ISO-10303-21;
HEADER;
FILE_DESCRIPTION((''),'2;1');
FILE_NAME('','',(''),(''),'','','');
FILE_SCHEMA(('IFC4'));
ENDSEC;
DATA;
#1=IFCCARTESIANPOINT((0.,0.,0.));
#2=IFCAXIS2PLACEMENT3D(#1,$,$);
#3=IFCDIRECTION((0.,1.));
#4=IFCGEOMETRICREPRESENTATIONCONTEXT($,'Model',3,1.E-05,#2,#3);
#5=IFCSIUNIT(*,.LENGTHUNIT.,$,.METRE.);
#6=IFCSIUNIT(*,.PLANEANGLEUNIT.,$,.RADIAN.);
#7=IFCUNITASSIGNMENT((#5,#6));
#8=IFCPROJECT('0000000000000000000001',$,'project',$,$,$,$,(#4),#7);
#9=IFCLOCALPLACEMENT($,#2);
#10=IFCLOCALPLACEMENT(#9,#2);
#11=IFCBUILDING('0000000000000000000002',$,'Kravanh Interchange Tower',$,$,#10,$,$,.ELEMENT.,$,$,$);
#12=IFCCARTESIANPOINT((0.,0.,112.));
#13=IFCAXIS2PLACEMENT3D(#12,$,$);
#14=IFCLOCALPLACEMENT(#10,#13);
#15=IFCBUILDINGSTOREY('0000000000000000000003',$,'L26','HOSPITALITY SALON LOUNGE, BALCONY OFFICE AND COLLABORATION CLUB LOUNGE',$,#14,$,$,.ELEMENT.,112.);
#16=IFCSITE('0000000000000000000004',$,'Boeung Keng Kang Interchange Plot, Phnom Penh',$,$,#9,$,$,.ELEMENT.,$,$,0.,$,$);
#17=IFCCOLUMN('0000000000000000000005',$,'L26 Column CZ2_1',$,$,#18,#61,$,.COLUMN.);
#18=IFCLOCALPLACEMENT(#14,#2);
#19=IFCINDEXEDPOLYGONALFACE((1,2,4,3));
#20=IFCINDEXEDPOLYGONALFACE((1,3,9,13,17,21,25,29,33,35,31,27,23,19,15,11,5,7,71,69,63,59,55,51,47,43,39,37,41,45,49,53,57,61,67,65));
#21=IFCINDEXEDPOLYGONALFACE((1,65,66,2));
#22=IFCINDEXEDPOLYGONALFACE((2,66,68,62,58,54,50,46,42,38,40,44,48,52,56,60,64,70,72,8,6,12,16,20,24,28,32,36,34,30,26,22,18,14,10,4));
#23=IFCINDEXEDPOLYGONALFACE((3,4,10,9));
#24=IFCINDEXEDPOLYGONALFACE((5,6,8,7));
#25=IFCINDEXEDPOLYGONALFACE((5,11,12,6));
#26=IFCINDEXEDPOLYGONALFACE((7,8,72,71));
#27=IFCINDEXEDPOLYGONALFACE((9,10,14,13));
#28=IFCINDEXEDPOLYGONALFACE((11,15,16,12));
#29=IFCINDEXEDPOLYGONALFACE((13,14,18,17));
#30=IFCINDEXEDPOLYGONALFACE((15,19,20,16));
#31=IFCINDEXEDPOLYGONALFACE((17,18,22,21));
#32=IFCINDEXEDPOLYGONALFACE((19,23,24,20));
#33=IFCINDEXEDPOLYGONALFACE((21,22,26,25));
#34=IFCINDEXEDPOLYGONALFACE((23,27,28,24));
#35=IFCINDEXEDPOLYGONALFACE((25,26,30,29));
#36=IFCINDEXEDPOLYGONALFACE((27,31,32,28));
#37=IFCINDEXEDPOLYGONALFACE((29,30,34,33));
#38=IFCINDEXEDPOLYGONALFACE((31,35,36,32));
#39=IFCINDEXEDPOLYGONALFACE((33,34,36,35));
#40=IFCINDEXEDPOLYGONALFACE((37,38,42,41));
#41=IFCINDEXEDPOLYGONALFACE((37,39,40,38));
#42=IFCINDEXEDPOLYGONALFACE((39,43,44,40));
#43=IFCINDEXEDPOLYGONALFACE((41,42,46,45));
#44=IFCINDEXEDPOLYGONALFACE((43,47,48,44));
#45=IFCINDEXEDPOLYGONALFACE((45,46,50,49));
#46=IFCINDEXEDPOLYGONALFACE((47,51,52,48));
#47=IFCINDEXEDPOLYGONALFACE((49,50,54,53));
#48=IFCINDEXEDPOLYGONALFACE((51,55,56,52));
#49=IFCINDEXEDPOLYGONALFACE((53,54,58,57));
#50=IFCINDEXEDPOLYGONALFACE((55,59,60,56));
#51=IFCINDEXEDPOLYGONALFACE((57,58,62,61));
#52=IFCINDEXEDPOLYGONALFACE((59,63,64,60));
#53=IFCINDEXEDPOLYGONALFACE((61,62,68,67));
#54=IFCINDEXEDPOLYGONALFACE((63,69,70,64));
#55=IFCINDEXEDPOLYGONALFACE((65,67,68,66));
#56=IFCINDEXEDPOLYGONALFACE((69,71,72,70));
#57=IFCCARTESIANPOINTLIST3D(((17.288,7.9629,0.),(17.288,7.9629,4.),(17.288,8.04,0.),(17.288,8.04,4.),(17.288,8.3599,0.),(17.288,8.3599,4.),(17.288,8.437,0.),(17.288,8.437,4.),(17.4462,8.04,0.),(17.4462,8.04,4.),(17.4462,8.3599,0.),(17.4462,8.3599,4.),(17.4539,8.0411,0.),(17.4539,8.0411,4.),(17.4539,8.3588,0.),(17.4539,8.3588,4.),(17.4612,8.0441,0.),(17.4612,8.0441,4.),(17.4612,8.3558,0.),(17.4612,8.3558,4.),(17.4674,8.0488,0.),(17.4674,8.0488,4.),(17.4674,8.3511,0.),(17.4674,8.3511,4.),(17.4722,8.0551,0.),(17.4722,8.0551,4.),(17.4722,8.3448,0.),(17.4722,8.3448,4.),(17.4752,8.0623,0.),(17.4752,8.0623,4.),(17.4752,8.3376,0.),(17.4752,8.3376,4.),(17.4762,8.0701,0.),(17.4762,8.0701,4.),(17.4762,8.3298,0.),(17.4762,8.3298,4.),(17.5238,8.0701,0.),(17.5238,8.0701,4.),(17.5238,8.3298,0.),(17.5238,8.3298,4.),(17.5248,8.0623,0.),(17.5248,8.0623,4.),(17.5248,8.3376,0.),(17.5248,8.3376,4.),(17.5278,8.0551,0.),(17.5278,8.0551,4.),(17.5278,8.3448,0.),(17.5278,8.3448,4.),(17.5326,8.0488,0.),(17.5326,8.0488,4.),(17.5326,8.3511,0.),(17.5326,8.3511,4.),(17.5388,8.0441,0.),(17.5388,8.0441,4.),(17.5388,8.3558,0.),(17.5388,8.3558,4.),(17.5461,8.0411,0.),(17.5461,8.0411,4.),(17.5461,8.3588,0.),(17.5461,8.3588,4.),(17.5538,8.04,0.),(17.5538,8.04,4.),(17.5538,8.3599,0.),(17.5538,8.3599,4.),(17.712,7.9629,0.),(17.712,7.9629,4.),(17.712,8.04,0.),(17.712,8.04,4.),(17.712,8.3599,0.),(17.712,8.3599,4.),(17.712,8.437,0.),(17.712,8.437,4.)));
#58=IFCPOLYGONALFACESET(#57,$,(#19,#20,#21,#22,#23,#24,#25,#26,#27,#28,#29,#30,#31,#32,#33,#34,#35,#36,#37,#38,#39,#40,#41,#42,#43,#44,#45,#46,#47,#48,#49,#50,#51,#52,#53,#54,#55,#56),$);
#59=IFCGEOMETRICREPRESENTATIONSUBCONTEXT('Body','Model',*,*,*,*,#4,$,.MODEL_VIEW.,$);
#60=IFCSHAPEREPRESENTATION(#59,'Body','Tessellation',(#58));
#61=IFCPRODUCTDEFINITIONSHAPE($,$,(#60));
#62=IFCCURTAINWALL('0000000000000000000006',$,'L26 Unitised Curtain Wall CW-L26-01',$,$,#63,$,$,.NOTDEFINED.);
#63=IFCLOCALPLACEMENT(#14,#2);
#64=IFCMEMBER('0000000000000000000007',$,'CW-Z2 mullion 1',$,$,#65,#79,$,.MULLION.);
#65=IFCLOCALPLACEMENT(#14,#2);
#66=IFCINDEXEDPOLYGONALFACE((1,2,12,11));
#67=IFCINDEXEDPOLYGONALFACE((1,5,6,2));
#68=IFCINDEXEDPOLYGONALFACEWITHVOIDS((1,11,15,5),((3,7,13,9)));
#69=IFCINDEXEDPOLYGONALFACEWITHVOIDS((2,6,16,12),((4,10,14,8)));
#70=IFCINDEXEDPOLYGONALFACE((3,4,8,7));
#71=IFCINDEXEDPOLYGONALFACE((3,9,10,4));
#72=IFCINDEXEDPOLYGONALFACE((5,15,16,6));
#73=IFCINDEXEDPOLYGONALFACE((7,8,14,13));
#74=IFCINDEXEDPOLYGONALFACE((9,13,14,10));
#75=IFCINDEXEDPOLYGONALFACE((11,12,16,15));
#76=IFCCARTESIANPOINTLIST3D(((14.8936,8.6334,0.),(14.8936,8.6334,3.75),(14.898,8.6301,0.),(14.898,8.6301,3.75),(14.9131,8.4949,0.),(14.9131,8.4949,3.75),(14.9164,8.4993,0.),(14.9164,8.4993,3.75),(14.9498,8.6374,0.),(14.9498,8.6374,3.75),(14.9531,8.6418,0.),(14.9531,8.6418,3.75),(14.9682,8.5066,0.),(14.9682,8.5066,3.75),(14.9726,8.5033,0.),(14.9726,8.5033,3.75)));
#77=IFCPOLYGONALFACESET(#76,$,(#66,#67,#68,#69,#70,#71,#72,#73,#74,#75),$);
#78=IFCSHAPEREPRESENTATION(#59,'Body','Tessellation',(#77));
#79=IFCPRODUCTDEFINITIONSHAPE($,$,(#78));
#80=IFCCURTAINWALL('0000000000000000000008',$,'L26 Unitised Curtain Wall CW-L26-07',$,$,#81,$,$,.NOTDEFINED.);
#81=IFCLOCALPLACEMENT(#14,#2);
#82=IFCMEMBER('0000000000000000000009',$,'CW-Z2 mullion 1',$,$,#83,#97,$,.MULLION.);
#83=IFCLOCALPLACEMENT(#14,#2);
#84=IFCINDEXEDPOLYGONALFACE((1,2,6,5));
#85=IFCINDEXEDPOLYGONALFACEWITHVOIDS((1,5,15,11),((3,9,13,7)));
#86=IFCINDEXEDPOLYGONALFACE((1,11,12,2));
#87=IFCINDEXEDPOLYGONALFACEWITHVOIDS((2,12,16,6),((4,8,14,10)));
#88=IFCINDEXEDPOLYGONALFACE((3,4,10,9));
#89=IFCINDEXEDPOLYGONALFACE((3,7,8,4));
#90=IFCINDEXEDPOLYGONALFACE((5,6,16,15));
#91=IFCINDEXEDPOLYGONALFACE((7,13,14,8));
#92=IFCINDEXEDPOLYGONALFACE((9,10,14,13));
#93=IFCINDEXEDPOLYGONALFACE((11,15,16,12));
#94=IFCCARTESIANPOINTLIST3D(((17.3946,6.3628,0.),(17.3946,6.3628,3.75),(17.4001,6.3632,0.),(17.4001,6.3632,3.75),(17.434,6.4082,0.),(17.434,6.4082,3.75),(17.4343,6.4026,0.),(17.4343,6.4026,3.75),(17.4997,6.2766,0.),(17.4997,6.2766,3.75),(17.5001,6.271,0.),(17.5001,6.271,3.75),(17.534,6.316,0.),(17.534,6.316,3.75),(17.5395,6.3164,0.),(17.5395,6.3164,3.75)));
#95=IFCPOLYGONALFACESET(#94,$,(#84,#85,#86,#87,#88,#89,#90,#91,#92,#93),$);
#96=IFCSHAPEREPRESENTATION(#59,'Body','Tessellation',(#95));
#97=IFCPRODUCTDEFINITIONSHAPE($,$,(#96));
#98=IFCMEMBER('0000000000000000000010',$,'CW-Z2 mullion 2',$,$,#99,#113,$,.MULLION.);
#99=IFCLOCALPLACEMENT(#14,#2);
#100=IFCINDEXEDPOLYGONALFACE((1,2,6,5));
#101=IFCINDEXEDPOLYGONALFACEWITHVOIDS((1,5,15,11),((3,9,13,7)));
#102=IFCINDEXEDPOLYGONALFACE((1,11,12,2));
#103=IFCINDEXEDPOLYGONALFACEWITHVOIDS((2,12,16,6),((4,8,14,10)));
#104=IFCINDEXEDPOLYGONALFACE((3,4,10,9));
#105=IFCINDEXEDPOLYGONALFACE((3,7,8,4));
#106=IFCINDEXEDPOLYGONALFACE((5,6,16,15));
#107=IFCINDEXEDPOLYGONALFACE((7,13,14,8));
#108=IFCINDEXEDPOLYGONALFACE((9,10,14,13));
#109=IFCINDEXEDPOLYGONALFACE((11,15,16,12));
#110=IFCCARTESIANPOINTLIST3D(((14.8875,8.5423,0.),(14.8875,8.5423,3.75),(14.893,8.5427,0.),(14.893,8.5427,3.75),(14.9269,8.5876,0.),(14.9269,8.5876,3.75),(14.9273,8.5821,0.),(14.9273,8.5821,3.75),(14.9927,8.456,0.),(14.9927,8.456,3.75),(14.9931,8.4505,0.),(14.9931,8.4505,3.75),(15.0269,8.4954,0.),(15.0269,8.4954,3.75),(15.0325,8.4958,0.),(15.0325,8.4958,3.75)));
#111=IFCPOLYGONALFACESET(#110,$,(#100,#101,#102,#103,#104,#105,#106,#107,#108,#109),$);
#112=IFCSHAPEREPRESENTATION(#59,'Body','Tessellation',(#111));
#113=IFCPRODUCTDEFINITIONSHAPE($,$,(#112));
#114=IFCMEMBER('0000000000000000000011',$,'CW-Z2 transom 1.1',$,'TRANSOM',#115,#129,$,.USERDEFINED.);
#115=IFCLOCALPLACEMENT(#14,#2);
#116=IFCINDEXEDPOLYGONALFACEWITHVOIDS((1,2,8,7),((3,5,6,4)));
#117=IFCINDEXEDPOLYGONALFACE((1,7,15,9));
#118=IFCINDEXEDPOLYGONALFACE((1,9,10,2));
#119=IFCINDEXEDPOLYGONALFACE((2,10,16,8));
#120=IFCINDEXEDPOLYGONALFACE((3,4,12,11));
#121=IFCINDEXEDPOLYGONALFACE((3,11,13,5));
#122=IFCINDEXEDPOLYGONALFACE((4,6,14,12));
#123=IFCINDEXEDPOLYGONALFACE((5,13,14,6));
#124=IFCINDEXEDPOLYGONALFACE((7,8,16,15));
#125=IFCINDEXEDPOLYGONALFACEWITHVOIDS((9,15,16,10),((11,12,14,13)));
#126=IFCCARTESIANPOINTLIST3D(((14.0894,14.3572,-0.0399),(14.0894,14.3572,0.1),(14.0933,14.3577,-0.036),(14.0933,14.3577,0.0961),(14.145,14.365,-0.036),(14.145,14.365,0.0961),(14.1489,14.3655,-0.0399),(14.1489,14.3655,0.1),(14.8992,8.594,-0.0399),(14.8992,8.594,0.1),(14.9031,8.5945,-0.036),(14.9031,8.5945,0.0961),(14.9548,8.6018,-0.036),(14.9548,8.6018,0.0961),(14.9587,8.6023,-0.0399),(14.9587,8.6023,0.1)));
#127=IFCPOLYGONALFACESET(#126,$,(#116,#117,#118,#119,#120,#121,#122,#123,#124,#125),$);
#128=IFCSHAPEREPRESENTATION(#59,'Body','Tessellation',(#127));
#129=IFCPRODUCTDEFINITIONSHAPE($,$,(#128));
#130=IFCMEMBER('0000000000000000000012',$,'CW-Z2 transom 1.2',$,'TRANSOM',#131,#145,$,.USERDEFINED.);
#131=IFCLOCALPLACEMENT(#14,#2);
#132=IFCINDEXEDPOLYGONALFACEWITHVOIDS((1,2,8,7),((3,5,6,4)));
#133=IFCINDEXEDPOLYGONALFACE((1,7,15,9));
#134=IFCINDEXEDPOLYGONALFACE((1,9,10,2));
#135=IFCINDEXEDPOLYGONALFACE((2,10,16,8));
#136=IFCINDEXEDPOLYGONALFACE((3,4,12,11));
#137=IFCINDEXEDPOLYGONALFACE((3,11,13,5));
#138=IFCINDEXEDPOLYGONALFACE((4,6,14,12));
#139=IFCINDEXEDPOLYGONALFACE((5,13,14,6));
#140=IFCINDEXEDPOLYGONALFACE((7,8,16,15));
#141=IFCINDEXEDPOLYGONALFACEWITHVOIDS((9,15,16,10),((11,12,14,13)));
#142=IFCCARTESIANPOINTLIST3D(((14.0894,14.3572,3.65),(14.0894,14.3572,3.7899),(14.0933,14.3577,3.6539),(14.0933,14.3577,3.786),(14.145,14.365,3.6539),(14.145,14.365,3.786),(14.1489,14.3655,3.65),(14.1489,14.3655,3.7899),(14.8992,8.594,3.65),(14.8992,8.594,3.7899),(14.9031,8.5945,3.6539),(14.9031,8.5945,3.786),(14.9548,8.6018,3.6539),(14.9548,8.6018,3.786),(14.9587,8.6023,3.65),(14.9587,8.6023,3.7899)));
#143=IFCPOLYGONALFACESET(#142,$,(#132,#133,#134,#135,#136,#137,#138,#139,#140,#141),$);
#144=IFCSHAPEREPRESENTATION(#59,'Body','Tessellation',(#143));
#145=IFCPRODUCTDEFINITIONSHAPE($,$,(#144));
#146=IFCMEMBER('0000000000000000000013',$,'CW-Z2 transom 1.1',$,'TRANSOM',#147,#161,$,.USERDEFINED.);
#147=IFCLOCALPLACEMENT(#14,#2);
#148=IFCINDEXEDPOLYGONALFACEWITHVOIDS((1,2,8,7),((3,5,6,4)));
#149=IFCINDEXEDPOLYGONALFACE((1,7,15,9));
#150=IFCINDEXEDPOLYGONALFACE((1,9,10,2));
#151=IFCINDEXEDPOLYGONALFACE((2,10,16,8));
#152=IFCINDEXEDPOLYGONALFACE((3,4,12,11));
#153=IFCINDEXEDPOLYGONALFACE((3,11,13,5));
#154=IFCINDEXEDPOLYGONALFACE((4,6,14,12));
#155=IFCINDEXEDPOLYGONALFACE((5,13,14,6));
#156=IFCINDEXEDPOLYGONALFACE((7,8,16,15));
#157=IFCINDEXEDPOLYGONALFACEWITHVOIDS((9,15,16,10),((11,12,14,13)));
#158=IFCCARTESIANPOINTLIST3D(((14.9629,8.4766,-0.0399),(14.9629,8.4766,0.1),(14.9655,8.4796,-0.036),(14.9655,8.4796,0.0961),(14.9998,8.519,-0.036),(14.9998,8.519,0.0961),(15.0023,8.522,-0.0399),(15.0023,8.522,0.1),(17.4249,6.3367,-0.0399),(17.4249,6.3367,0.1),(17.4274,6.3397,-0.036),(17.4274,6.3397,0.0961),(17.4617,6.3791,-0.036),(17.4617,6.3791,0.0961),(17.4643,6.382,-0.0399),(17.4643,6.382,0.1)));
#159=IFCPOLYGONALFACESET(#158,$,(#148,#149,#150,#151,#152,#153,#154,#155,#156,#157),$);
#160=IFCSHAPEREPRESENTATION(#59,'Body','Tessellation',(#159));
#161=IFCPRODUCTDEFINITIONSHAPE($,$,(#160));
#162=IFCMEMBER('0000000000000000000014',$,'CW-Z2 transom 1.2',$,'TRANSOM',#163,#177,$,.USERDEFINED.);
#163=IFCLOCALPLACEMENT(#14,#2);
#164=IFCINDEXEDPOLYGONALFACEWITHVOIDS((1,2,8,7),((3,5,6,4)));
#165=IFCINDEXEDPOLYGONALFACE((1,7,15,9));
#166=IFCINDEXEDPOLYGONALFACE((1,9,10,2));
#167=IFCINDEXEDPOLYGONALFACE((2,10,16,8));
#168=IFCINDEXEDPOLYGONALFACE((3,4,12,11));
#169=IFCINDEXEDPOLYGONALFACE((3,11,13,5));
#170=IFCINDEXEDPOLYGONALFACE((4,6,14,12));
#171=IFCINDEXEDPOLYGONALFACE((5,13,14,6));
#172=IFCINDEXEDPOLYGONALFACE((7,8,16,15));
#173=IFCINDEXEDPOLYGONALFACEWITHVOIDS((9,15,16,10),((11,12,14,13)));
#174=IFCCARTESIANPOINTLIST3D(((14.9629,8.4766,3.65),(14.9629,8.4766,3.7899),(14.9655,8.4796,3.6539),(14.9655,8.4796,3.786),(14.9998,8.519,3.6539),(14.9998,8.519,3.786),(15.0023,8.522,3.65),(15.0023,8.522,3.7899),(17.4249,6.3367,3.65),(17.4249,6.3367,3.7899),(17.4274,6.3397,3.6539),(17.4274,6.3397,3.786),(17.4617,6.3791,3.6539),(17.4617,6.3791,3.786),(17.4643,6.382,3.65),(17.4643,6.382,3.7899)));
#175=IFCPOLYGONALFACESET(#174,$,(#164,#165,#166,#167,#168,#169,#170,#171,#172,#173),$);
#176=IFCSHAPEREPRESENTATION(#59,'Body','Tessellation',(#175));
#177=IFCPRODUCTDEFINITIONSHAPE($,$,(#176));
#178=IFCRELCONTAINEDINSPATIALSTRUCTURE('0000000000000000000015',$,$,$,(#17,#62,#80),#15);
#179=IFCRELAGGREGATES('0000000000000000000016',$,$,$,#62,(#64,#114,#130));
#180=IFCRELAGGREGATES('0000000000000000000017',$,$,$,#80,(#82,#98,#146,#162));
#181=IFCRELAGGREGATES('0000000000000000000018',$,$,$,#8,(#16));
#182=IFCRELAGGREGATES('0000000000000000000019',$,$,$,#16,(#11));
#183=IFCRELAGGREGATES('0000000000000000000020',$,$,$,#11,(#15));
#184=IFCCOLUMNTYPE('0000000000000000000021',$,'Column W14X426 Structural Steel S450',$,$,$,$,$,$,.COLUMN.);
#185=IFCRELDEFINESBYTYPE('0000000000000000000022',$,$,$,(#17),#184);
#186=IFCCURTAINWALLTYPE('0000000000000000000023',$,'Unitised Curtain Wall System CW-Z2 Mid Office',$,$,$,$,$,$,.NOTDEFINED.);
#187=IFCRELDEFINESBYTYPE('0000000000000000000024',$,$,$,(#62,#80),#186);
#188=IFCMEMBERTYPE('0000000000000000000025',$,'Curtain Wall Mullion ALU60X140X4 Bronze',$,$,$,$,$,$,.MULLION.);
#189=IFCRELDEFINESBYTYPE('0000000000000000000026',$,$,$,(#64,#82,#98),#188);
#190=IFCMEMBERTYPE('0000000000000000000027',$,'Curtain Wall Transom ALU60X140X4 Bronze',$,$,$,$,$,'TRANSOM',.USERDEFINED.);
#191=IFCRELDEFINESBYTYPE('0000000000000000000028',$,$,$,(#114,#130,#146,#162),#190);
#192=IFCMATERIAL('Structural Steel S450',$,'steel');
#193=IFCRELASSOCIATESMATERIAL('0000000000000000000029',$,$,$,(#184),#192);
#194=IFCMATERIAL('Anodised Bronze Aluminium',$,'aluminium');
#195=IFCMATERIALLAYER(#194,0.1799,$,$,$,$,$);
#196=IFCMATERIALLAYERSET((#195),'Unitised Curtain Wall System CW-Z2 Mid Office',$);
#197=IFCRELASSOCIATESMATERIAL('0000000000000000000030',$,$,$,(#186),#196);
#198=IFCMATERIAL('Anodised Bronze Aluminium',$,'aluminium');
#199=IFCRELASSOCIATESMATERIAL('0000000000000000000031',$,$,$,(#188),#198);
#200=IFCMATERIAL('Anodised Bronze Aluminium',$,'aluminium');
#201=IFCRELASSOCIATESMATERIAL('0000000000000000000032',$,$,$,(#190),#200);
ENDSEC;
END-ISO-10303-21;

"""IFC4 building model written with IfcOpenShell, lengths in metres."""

from ifc_helpers import new_model, si_unit, direction, frame, origin, origin_2d, place, context, subcontext, project, spatial, hollow_rectangle, i_section, extrude, material, layer, layer_set, material_profile, profile_set, type_object, element, aggregate, save


model = new_model("IFC4")

# Units and contexts
model_context = context("Model", 3, precision=1e-05, world=origin(), true_north=direction((0.0, 1.0)))
body_context = subcontext(model_context, "Body", "Model", "MODEL_VIEW")
ifc_project = project(units=[si_unit("LENGTHUNIT", "METRE"), si_unit("PLANEANGLEUNIT", "RADIAN")], contexts=[model_context])

# Site, building, storey
site_placement = place(None, origin())
site = spatial("IfcSite", under=ifc_project, at=site_placement, Name="Boeung Keng Kang Interchange Plot, Phnom Penh", CompositionType="ELEMENT", RefElevation=0.0)
building_placement = place(site_placement, origin())
building = spatial("IfcBuilding", under=site, at=building_placement, Name="Kravanh Interchange Tower", CompositionType="ELEMENT")
storey_placement = place(building_placement, frame((0.0, 0.0, 112.0)))
storey = spatial("IfcBuildingStorey", under=building, at=storey_placement, Name="L26", Description="HOSPITALITY SALON LOUNGE, BALCONY OFFICE AND COLLABORATION CLUB LOUNGE", CompositionType="ELEMENT", Elevation=112.0)

# Column
ifc_material_1 = material(Name="Structural Steel S450", Category="steel")
ifc_material_profile_1 = material_profile(ifc_material_1, i_section(OverallWidth=0.4241, OverallDepth=0.4741, WebThickness=0.0476, FlangeThickness=0.0771, FilletRadius=0.03, at=origin_2d()), Name="W14X426")
ifc_profile_set_1 = profile_set([ifc_material_profile_1], Name="Structural Steel S450")
column_type = type_object("IfcColumnType", Name="Column W14X426 Structural Steel S450", PredefinedType="COLUMN", material=ifc_profile_set_1)
column_placement = place(storey_placement, frame((17.5, 8.2, 0.0), z_axis=(0.0, 0.0, 1.0), x_axis=(1.0, 0.0, 0.0)))
element("IfcColumn", 1, at=column_placement, inside=storey, type_object=column_type, Name="L26 Column CZ2_1", PredefinedType="COLUMN", context=body_context, shape_type="SweptSolid", body=[
    extrude(i_section(OverallWidth=0.4241, OverallDepth=0.4741, WebThickness=0.0476, FlangeThickness=0.0771, FilletRadius=0.03, at=origin_2d()), origin(), (0.0, 0.0, 1.0), 4.0),
])

# Curtain wall, member
ifc_material_2 = material(Name="Anodised Bronze Aluminium", Category="aluminium")
ifc_layer_1 = layer(ifc_material_2, 0.1799)
ifc_layer_set_1 = layer_set([ifc_layer_1], Name="Unitised Curtain Wall System CW-Z2 Mid Office")
curtain_wall_type = type_object("IfcCurtainWallType", Name="Unitised Curtain Wall System CW-Z2 Mid Office", PredefinedType="NOTDEFINED", material=ifc_layer_set_1)
curtain_wall_1_placement = place(storey_placement, origin())
curtain_wall_1 = element("IfcCurtainWall", 2, at=curtain_wall_1_placement, inside=storey, type_object=curtain_wall_type, Name="L26 Unitised Curtain Wall CW-L26-01", PredefinedType="NOTDEFINED")
ifc_material_3 = material(Name="Anodised Bronze Aluminium", Category="aluminium")
ifc_material_profile_2 = material_profile(ifc_material_3, hollow_rectangle(XDim=0.0601, YDim=0.1399, WallThickness=0.0039, at=origin_2d()), Name="ALU60X140X4")
ifc_profile_set_2 = profile_set([ifc_material_profile_2], Name="Anodised Bronze Aluminium")
member_type_1 = type_object("IfcMemberType", Name="Curtain Wall Mullion ALU60X140X4 Bronze", PredefinedType="MULLION", material=ifc_profile_set_2)
member_1_placement = place(storey_placement, frame((14.9331, 8.5684, 0.0), z_axis=(0.0, 0.0, 1.0), x_axis=(-0.990268, -0.139173, 0.0)))
member_1 = element("IfcMember", 3, at=member_1_placement, type_object=member_type_1, Name="CW-Z2 mullion 1", PredefinedType="MULLION", context=body_context, shape_type="SweptSolid", body=[
    extrude(hollow_rectangle(XDim=0.0601, YDim=0.1399, WallThickness=0.0039, at=origin_2d()), origin(), (0.0, 0.0, 1.0), 3.75),
])

# Curtain wall, members
curtain_wall_2_placement = place(storey_placement, origin())
curtain_wall_2 = element("IfcCurtainWall", 4, at=curtain_wall_2_placement, inside=storey, type_object=curtain_wall_type, Name="L26 Unitised Curtain Wall CW-L26-07", PredefinedType="NOTDEFINED")
member_2_placement = place(storey_placement, frame((17.467, 6.3396, 0.0), z_axis=(0.0, 0.0, 1.0), x_axis=(-0.656048, -0.754719, 0.0)))
member_2 = element("IfcMember", 5, at=member_2_placement, type_object=member_type_1, Name="CW-Z2 mullion 1", PredefinedType="MULLION", context=body_context, shape_type="SweptSolid", body=[
    extrude(hollow_rectangle(XDim=0.0601, YDim=0.1399, WallThickness=0.0039, at=origin_2d()), origin(), (0.0, 0.0, 1.0), 3.75),
])
member_3_placement = place(storey_placement, frame((14.96, 8.519, 0.0), z_axis=(0.0, 0.0, 1.0), x_axis=(-0.656048, -0.754719, 0.0)))
member_3 = element("IfcMember", 6, at=member_3_placement, type_object=member_type_1, Name="CW-Z2 mullion 2", PredefinedType="MULLION", context=body_context, shape_type="SweptSolid", body=[
    extrude(hollow_rectangle(XDim=0.0601, YDim=0.1399, WallThickness=0.0039, at=origin_2d()), origin(), (0.0, 0.0, 1.0), 3.75),
])

# Members
ifc_material_4 = material(Name="Anodised Bronze Aluminium", Category="aluminium")
ifc_material_profile_3 = material_profile(ifc_material_4, hollow_rectangle(XDim=0.0601, YDim=0.1399, WallThickness=0.0039, at=origin_2d()), Name="ALU60X140X4")
ifc_profile_set_3 = profile_set([ifc_material_profile_3], Name="Anodised Bronze Aluminium")
member_type_2 = type_object("IfcMemberType", Name="Curtain Wall Transom ALU60X140X4 Bronze", ElementType="TRANSOM", PredefinedType="USERDEFINED", material=ifc_profile_set_3)
member_4_placement = place(storey_placement, frame((14.929, 8.5981, 0.03), z_axis=(-0.139148, 0.990272, 0.0), x_axis=(-0.990272, -0.139148, 0.0)))
member_4 = element("IfcMember", 7, at=member_4_placement, type_object=member_type_2, Name="CW-Z2 transom 1.1", ObjectType="TRANSOM", PredefinedType="USERDEFINED", context=body_context, shape_type="SweptSolid", body=[
    extrude(hollow_rectangle(XDim=0.0601, YDim=0.1399, WallThickness=0.0039, at=origin_2d()), origin(), (0.0, 0.0, 1.0), 5.8198),
])
member_5_placement = place(storey_placement, frame((14.929, 8.5981, 3.72), z_axis=(-0.139148, 0.990272, 0.0), x_axis=(-0.990272, -0.139148, 0.0)))
member_5 = element("IfcMember", 8, at=member_5_placement, type_object=member_type_2, Name="CW-Z2 transom 1.2", ObjectType="TRANSOM", PredefinedType="USERDEFINED", context=body_context, shape_type="SweptSolid", body=[
    extrude(hollow_rectangle(XDim=0.0601, YDim=0.1399, WallThickness=0.0039, at=origin_2d()), origin(), (0.0, 0.0, 1.0), 5.8198),
])
member_6_placement = place(storey_placement, frame((17.4446, 6.3594, 0.03), z_axis=(-0.754742, 0.656021, 0.0), x_axis=(-0.656021, -0.754742, 0.0)))
member_6 = element("IfcMember", 9, at=member_6_placement, type_object=member_type_2, Name="CW-Z2 transom 1.1", ObjectType="TRANSOM", PredefinedType="USERDEFINED", context=body_context, shape_type="SweptSolid", body=[
    extrude(hollow_rectangle(XDim=0.0601, YDim=0.1399, WallThickness=0.0039, at=origin_2d()), origin(), (0.0, 0.0, 1.0), 3.262),
])
member_7_placement = place(storey_placement, frame((17.4446, 6.3594, 3.72), z_axis=(-0.754742, 0.656021, 0.0), x_axis=(-0.656021, -0.754742, 0.0)))
member_7 = element("IfcMember", 10, at=member_7_placement, type_object=member_type_2, Name="CW-Z2 transom 1.2", ObjectType="TRANSOM", PredefinedType="USERDEFINED", context=body_context, shape_type="SweptSolid", body=[
    extrude(hollow_rectangle(XDim=0.0601, YDim=0.1399, WallThickness=0.0039, at=origin_2d()), origin(), (0.0, 0.0, 1.0), 3.262),
])

aggregate(curtain_wall_1, [member_1, member_4, member_5])
aggregate(curtain_wall_2, [member_2, member_3, member_6, member_7])

save(model, "model.ifc")
